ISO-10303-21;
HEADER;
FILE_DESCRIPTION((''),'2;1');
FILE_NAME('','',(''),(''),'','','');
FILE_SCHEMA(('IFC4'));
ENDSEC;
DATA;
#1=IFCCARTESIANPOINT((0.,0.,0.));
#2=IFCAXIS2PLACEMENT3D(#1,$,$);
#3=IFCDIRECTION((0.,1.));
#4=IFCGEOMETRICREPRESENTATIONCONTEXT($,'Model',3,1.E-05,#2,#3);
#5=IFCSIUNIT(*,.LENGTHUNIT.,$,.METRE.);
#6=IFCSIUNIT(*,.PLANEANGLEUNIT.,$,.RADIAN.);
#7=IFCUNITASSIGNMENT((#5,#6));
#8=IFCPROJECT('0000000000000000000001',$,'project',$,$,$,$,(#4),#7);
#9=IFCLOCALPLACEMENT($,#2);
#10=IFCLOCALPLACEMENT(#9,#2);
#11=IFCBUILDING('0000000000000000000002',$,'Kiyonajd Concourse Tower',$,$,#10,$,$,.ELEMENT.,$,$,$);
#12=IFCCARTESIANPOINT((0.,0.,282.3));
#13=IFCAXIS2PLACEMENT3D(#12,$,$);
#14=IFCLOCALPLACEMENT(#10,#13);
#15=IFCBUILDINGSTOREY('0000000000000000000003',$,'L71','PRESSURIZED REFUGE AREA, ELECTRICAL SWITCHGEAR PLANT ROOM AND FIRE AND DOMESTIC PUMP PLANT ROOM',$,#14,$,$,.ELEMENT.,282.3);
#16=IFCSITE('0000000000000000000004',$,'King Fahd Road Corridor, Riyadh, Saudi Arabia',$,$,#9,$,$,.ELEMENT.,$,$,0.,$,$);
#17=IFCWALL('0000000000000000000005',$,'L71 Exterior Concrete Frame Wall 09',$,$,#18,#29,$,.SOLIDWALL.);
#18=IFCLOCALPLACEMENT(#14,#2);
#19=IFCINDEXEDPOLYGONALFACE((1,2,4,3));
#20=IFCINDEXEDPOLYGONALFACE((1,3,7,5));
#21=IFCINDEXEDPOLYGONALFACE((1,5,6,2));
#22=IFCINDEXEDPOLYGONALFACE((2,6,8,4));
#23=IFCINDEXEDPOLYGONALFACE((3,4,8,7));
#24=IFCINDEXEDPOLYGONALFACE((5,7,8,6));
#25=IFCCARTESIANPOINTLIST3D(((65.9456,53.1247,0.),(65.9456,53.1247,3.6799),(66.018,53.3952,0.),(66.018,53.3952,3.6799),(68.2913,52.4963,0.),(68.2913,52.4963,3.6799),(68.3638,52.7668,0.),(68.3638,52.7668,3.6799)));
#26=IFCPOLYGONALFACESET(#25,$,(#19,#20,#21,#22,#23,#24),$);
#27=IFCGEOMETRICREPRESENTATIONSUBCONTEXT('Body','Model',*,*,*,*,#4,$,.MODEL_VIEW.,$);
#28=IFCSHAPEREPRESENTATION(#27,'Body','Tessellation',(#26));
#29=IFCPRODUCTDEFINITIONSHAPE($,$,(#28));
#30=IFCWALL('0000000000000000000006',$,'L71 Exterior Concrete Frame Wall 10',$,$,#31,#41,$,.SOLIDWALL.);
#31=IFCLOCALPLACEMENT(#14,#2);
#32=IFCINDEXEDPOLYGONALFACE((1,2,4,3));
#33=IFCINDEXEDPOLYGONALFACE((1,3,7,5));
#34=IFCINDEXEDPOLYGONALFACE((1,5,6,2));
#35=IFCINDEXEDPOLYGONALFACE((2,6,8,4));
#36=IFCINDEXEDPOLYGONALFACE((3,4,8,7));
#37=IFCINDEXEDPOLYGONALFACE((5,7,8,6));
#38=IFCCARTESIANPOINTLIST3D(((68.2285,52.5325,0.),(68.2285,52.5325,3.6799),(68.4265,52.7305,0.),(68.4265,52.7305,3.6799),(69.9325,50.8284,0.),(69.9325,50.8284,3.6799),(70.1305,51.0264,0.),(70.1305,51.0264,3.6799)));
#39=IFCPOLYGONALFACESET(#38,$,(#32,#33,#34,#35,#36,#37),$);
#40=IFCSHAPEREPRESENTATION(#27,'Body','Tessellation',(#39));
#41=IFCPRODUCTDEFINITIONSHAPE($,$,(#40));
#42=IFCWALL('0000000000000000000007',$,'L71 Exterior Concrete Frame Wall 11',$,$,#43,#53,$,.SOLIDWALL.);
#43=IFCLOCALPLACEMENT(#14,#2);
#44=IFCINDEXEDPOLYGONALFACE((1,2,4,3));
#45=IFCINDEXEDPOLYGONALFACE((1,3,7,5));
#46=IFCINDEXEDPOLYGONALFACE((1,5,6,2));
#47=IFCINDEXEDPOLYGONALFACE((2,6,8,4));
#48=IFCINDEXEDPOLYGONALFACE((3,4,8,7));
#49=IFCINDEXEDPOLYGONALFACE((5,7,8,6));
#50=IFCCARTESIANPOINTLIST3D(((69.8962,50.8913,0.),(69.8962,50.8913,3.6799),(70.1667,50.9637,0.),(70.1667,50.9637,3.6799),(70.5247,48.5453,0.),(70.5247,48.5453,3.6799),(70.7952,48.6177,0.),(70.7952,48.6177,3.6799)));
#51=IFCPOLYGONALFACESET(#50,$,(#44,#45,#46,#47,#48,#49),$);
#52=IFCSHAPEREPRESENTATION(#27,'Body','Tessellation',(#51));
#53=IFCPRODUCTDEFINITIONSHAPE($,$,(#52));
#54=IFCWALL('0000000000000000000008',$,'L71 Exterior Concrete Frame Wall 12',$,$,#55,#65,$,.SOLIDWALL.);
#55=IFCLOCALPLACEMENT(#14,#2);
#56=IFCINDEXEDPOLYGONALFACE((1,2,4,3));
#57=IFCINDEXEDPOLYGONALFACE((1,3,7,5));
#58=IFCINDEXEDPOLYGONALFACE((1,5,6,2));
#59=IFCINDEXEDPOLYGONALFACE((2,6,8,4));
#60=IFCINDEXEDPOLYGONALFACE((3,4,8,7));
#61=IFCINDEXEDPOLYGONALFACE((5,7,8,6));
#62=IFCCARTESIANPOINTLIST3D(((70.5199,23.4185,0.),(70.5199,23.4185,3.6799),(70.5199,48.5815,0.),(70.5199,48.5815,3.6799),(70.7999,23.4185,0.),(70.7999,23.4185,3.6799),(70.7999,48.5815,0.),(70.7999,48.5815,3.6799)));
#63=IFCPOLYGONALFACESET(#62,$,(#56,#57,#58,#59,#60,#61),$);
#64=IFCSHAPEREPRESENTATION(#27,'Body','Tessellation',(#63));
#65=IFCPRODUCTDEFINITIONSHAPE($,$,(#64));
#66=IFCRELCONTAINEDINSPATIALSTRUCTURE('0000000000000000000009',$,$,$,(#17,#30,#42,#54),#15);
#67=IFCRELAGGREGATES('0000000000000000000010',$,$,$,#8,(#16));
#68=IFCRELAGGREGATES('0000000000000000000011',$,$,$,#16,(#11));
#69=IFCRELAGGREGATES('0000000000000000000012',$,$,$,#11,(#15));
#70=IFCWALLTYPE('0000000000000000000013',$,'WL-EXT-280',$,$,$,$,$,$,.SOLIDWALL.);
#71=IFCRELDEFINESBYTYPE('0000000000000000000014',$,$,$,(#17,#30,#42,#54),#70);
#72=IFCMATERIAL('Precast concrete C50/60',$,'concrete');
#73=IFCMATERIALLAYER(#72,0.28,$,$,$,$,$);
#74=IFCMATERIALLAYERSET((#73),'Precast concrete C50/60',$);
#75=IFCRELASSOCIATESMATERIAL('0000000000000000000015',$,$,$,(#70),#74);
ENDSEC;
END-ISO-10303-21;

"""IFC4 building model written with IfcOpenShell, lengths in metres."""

from ifc_helpers import new_model, si_unit, direction, frame, frame_2d, origin, place, context, subcontext, project, spatial, rectangle, extrude, material, layer, layer_set, type_object, element, save


model = new_model("IFC4")

# Units and contexts
model_context = context("Model", 3, precision=1e-05, world=origin(), true_north=direction((0.0, 1.0)))
body_context = subcontext(model_context, "Body", "Model", "MODEL_VIEW")
ifc_project = project(units=[si_unit("LENGTHUNIT", "METRE"), si_unit("PLANEANGLEUNIT", "RADIAN")], contexts=[model_context])

# Site, building, storey
site_placement = place(None, origin())
site = spatial("IfcSite", under=ifc_project, at=site_placement, Name="King Fahd Road Corridor, Riyadh, Saudi Arabia", CompositionType="ELEMENT", RefElevation=0.0)
building_placement = place(site_placement, origin())
building = spatial("IfcBuilding", under=site, at=building_placement, Name="Kiyonajd Concourse Tower", CompositionType="ELEMENT")
storey_placement = place(building_placement, frame((0.0, 0.0, 282.3)))
storey = spatial("IfcBuildingStorey", under=building, at=storey_placement, Name="L71", Description="PRESSURIZED REFUGE AREA, ELECTRICAL SWITCHGEAR PLANT ROOM AND FIRE AND DOMESTIC PUMP PLANT ROOM", CompositionType="ELEMENT", Elevation=282.3)

# Walls
ifc_material_1 = material(Name="Precast concrete C50/60", Category="concrete")
ifc_layer_1 = layer(ifc_material_1, 0.28)
ifc_layer_set_1 = layer_set([ifc_layer_1], Name="Precast concrete C50/60")
wall_type = type_object("IfcWallType", Name="WL-EXT-280", PredefinedType="SOLIDWALL", material=ifc_layer_set_1)
wall_1_placement = place(storey_placement, frame((65.9817, 53.26, 0.0), z_axis=(0.0, 0.0, 1.0), x_axis=(0.965937, -0.258776, 0.0)))
element("IfcWall", 1, at=wall_1_placement, inside=storey, type_object=wall_type, Name="L71 Exterior Concrete Frame Wall 09", PredefinedType="SOLIDWALL", context=body_context, shape_type="SweptSolid", body=[
    extrude(rectangle(XDim=2.4285, YDim=0.28, at=frame_2d((1.2144, 0.0))), origin(), (0.0, 0.0, 1.0), 3.6799),
])
wall_2_placement = place(storey_placement, frame((68.3274, 52.6316, 0.0), z_axis=(0.0, 0.0, 1.0), x_axis=(0.707107, -0.707107, 0.0)))
element("IfcWall", 2, at=wall_2_placement, inside=storey, type_object=wall_type, Name="L71 Exterior Concrete Frame Wall 10", PredefinedType="SOLIDWALL", context=body_context, shape_type="SweptSolid", body=[
    extrude(rectangle(XDim=2.4099, YDim=0.28, at=frame_2d((1.2051, 0.0))), origin(), (0.0, 0.0, 1.0), 3.6799),
])
wall_3_placement = place(storey_placement, frame((70.0315, 50.9275, 0.0), z_axis=(0.0, 0.0, 1.0), x_axis=(0.258751, -0.965944, 0.0)))
element("IfcWall", 3, at=wall_3_placement, inside=storey, type_object=wall_type, Name="L71 Exterior Concrete Frame Wall 11", PredefinedType="SOLIDWALL", context=body_context, shape_type="SweptSolid", body=[
    extrude(rectangle(XDim=2.4287, YDim=0.28, at=frame_2d((1.2144, 0.0))), origin(), (0.0, 0.0, 1.0), 3.6799),
])
wall_4_placement = place(storey_placement, frame((70.6599, 48.5815, 0.0), z_axis=(0.0, 0.0, 1.0), x_axis=(0.0, -1.0, 0.0)))
element("IfcWall", 4, at=wall_4_placement, inside=storey, type_object=wall_type, Name="L71 Exterior Concrete Frame Wall 12", PredefinedType="SOLIDWALL", context=body_context, shape_type="SweptSolid", body=[
    extrude(rectangle(XDim=25.1631, YDim=0.28, at=frame_2d((12.5815, 0.0))), origin(), (0.0, 0.0, 1.0), 3.6799),
])

save(model, "model.ifc")
